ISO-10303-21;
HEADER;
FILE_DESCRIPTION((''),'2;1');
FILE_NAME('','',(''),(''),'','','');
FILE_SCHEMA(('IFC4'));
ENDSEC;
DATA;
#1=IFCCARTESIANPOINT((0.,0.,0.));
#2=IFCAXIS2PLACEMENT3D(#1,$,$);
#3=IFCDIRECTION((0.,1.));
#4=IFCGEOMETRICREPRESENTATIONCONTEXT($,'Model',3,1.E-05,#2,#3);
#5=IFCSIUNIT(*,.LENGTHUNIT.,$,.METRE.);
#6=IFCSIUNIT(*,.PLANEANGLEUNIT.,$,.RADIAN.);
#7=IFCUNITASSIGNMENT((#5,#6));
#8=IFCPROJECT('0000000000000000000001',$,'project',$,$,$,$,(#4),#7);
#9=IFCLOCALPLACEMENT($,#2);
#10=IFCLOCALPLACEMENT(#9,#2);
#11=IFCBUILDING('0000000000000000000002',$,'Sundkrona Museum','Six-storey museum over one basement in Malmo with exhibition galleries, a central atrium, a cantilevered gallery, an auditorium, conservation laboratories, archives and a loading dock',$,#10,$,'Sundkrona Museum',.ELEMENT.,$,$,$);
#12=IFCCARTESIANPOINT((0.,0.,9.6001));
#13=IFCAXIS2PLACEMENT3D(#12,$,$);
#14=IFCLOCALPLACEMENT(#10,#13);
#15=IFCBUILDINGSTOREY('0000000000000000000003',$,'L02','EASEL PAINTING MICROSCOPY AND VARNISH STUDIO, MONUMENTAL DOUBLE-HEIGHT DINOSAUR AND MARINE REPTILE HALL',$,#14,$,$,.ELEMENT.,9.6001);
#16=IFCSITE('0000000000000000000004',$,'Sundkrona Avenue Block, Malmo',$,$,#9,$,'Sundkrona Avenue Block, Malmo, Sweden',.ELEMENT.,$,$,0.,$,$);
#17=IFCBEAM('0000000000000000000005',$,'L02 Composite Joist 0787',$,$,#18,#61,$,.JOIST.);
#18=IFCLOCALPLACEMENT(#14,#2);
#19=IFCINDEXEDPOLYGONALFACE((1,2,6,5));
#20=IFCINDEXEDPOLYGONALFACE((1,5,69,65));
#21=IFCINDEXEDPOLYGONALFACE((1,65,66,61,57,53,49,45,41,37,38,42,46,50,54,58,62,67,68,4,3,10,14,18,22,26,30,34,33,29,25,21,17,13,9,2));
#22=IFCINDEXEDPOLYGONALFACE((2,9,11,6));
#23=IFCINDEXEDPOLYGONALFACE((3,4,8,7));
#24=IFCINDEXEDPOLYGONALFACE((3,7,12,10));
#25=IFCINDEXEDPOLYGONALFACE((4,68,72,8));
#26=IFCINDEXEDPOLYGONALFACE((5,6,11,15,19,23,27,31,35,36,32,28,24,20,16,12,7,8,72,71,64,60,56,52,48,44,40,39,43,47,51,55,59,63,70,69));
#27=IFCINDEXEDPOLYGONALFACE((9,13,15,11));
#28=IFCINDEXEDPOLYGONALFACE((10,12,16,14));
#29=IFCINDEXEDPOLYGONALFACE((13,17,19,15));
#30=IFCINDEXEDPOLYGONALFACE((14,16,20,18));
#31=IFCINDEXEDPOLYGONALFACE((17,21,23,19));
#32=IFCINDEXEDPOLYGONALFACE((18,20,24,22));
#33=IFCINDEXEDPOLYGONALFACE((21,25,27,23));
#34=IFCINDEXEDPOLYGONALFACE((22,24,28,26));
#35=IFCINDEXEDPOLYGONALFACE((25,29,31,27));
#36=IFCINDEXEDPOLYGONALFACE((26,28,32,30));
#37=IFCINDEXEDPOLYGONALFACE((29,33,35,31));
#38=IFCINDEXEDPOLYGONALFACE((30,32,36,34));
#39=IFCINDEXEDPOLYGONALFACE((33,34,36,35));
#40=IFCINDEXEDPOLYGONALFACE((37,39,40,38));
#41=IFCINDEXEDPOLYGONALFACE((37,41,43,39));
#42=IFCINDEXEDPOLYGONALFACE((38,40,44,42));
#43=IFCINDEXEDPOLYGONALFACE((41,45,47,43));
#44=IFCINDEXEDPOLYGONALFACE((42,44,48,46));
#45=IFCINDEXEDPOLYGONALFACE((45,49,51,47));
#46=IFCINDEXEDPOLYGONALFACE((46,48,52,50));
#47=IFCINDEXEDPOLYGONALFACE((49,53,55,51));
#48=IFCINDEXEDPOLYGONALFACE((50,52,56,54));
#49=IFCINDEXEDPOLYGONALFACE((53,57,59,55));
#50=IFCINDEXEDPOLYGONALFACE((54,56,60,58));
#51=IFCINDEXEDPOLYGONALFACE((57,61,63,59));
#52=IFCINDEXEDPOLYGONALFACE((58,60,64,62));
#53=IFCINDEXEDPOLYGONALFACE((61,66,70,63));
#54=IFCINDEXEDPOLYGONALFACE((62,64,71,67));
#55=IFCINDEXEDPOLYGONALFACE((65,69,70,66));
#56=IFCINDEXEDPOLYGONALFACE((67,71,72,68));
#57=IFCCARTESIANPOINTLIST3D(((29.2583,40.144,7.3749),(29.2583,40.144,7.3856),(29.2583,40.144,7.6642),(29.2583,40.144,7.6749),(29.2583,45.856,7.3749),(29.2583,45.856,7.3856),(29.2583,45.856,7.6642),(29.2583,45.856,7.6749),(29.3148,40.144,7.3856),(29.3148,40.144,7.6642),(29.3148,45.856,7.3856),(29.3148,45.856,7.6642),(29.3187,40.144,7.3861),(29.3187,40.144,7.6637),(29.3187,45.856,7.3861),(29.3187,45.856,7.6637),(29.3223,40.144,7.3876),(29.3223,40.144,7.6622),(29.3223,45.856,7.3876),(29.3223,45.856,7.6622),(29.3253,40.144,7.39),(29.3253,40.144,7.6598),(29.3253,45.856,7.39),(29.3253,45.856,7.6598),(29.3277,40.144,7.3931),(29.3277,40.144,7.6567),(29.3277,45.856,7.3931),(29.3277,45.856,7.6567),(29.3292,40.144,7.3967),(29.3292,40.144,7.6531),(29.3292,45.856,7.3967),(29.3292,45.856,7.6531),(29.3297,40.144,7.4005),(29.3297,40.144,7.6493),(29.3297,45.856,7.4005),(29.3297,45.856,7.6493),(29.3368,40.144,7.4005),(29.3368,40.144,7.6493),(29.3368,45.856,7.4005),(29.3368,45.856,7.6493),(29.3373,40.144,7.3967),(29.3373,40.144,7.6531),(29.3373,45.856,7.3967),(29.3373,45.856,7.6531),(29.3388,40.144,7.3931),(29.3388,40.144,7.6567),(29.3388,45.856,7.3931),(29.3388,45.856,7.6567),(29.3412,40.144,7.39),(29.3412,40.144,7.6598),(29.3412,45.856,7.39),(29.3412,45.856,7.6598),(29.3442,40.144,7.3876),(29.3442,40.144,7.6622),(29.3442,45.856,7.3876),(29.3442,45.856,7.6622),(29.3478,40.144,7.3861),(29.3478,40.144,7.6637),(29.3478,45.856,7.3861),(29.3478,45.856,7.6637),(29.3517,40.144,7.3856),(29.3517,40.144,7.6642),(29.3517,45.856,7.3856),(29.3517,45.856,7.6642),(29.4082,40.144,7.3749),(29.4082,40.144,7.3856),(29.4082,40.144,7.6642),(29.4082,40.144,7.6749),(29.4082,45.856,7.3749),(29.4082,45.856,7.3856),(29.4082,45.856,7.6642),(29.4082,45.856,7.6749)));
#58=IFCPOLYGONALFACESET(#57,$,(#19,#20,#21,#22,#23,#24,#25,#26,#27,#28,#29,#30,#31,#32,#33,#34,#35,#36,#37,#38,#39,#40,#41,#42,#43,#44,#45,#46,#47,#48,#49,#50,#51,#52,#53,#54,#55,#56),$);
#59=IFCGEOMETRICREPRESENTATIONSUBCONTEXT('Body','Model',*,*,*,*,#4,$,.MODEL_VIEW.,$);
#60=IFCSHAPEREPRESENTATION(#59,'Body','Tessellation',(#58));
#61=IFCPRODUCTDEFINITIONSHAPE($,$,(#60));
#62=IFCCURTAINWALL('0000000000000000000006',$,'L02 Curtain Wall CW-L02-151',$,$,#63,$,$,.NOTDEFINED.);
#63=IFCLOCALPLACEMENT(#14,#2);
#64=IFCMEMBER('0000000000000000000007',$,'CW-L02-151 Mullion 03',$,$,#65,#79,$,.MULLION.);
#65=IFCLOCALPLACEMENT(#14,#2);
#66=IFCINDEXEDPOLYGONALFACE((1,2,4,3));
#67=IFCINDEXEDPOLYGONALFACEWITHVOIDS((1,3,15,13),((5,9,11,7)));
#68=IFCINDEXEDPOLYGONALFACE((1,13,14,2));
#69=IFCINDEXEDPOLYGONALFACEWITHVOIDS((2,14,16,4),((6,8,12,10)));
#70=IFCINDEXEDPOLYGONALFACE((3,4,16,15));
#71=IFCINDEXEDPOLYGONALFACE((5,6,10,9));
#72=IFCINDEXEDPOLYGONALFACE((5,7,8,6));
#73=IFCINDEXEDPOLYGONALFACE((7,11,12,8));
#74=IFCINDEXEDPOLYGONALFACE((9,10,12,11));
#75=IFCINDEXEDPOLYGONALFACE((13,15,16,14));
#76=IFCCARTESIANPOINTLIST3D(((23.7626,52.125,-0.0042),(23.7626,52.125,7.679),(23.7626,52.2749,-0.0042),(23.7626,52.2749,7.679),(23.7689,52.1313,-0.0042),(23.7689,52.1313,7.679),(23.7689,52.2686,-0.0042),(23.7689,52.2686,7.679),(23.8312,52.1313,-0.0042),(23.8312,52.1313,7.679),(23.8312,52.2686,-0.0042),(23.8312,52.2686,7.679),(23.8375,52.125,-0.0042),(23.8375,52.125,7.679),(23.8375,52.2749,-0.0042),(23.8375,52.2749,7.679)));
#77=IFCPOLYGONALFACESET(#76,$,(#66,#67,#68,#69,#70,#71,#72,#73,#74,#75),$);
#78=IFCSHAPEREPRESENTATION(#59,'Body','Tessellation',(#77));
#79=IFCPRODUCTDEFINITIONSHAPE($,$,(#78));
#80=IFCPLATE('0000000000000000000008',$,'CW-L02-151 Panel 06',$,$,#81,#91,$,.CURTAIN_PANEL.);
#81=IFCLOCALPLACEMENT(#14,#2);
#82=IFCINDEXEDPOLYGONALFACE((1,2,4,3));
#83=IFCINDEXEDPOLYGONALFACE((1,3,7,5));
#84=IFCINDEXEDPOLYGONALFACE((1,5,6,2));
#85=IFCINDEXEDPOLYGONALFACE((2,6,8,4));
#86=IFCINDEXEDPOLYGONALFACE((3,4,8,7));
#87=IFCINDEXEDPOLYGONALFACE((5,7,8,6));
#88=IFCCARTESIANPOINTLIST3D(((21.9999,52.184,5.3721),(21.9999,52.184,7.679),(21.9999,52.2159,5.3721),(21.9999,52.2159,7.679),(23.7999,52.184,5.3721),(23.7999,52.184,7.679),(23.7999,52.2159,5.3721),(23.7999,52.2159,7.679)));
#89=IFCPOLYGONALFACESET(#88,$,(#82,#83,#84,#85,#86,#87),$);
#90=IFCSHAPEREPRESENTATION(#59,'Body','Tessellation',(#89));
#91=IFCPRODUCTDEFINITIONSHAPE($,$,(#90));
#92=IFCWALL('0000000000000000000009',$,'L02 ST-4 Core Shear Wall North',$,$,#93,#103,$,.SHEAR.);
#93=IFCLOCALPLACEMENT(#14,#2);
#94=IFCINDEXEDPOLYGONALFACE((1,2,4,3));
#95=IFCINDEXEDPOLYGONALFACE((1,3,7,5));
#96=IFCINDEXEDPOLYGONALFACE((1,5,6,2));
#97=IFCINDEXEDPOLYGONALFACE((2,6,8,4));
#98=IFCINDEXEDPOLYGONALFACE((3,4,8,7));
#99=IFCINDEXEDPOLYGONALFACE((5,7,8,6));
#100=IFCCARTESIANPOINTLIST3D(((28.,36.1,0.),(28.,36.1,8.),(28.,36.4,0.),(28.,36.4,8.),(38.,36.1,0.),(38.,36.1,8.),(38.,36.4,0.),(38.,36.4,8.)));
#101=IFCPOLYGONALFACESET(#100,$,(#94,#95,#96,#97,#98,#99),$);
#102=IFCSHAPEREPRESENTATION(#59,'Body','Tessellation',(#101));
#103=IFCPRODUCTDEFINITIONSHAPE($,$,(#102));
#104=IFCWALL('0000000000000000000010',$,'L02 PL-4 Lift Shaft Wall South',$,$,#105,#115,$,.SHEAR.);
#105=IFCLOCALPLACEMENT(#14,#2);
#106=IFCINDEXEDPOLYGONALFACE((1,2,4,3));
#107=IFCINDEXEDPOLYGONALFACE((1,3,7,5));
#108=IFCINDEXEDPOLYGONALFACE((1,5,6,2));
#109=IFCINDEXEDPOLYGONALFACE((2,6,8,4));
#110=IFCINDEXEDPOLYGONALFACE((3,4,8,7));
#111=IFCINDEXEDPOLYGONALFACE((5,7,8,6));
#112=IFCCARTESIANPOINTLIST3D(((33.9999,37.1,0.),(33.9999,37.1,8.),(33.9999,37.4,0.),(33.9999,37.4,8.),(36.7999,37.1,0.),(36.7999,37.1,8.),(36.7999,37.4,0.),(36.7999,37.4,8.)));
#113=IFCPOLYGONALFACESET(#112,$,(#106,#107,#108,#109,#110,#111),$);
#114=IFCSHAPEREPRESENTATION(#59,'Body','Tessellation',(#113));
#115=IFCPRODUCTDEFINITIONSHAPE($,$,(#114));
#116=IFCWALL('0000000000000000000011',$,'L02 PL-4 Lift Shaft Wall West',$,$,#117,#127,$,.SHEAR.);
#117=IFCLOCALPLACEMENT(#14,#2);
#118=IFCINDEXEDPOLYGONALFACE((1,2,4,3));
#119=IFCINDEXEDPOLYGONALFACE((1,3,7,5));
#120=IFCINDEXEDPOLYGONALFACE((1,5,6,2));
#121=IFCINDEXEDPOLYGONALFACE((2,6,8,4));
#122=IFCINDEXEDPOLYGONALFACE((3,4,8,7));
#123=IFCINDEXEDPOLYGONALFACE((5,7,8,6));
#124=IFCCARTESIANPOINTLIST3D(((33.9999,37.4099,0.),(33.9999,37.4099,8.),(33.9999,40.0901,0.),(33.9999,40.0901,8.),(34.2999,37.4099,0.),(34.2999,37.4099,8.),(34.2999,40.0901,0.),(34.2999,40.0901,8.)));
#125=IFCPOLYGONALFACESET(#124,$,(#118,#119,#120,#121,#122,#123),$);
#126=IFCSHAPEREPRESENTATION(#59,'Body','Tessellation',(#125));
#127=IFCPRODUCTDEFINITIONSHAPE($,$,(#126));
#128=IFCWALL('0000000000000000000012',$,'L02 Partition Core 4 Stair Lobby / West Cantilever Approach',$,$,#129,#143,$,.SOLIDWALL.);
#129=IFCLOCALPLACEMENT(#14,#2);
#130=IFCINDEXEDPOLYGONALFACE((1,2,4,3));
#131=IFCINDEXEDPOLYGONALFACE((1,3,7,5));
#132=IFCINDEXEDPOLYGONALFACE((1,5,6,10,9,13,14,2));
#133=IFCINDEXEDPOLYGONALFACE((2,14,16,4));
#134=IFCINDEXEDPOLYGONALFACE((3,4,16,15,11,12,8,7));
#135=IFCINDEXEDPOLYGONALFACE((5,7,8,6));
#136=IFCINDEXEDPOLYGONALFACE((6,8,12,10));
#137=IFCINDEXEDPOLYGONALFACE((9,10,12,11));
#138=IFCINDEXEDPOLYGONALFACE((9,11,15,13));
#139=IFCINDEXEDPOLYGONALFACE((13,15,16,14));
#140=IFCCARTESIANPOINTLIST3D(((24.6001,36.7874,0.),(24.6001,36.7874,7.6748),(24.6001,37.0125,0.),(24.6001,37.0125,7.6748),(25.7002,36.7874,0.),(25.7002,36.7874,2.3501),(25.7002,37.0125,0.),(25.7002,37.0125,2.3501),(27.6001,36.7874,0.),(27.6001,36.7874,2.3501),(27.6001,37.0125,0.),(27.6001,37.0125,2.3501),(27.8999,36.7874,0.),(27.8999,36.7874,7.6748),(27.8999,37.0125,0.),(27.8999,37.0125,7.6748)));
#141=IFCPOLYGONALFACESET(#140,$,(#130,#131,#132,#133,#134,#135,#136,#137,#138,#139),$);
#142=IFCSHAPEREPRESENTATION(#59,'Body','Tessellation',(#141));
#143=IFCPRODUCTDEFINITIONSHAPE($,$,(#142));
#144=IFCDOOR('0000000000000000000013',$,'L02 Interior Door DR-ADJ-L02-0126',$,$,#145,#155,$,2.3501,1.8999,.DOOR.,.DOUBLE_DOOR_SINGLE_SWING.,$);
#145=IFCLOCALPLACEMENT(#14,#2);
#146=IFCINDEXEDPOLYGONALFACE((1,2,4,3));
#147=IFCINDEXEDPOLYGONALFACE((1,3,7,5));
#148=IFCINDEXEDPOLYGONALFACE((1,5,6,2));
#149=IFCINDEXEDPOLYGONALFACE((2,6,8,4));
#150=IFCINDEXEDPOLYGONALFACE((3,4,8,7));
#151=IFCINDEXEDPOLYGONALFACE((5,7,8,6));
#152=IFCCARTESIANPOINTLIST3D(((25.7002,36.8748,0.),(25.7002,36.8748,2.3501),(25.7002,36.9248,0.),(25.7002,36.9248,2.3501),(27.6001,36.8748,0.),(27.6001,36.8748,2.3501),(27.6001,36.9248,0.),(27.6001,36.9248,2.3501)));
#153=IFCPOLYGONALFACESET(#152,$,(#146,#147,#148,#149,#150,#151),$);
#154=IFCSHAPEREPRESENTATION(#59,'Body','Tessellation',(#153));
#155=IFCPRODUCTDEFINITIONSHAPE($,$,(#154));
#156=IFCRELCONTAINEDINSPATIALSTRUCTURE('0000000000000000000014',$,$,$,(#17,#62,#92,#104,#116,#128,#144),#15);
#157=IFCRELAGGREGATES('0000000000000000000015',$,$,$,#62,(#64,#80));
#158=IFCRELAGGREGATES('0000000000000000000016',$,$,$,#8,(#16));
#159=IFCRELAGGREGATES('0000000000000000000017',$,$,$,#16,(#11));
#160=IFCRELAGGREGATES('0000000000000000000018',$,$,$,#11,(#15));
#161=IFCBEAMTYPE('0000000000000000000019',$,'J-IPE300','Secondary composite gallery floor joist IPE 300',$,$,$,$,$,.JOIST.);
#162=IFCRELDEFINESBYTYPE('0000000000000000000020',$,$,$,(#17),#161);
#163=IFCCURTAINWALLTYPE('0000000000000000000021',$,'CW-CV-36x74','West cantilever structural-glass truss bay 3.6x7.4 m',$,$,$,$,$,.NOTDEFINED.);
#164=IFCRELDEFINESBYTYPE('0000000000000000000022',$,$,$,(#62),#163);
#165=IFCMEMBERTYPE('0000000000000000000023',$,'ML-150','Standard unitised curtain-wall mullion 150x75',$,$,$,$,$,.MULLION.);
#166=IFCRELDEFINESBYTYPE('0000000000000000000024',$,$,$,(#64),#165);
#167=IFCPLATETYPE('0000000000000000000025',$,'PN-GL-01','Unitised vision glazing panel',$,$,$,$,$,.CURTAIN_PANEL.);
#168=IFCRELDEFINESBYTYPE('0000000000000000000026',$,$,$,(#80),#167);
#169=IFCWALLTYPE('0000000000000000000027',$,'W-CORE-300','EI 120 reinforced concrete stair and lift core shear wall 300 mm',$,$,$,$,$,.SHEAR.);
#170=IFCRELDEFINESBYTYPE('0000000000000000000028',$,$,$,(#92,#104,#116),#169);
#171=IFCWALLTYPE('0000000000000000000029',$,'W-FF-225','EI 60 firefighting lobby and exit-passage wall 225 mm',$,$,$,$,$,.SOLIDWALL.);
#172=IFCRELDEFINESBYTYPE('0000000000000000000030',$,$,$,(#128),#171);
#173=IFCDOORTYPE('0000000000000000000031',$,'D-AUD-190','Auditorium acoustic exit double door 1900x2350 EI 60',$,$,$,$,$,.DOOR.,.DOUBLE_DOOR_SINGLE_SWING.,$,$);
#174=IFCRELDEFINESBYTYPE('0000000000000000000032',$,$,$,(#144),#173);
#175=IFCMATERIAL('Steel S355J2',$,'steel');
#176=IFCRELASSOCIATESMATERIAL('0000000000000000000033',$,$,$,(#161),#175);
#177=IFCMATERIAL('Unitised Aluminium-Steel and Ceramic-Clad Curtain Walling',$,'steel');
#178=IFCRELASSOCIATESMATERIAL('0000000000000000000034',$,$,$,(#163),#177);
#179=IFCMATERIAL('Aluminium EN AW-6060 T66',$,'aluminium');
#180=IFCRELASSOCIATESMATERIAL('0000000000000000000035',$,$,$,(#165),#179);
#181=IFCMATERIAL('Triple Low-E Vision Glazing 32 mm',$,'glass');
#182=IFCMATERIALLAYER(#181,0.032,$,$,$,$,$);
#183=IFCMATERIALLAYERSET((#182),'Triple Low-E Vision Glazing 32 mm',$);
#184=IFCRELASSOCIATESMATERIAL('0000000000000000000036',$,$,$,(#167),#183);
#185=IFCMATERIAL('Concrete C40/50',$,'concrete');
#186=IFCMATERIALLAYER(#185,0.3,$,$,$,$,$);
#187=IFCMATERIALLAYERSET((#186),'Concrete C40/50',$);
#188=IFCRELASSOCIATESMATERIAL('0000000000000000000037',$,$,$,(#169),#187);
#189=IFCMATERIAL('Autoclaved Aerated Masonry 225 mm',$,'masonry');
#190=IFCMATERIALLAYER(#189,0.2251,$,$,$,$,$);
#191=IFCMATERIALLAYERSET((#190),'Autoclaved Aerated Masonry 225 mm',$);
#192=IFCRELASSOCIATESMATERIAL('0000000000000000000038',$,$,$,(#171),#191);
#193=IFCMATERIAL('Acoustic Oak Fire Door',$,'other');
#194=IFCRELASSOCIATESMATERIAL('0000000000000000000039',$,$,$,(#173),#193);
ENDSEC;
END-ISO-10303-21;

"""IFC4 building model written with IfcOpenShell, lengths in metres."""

from ifc_helpers import new_model, si_unit, direction, frame, frame_2d, origin, origin_2d, place, context, subcontext, project, spatial, rectangle, hollow_rectangle, i_section, extrude, material, layer, layer_set, material_profile, profile_set, type_object, element, fill, aggregate, save


model = new_model("IFC4")

# Units and contexts
model_context = context("Model", 3, precision=1e-05, world=origin(), true_north=direction((0.0, 1.0)))
body_context = subcontext(model_context, "Body", "Model", "MODEL_VIEW")
ifc_project = project(units=[si_unit("LENGTHUNIT", "METRE"), si_unit("PLANEANGLEUNIT", "RADIAN")], contexts=[model_context])

# Site, building, storey
site_placement = place(None, origin())
site = spatial("IfcSite", under=ifc_project, at=site_placement, Name="Sundkrona Avenue Block, Malmo", LongName="Sundkrona Avenue Block, Malmo, Sweden", CompositionType="ELEMENT", RefElevation=0.0)
building_placement = place(site_placement, origin())
building = spatial("IfcBuilding", under=site, at=building_placement, Name="Sundkrona Museum", Description="Six-storey museum over one basement in Malmo with exhibition galleries, a central atrium, a cantilevered gallery, an auditorium, conservation laboratories, archives and a loading dock", LongName="Sundkrona Museum", CompositionType="ELEMENT")
storey_placement = place(building_placement, frame((0.0, 0.0, 9.6001)))
storey = spatial("IfcBuildingStorey", under=building, at=storey_placement, Name="L02", Description="EASEL PAINTING MICROSCOPY AND VARNISH STUDIO, MONUMENTAL DOUBLE-HEIGHT DINOSAUR AND MARINE REPTILE HALL", CompositionType="ELEMENT", Elevation=9.6001)

# Shared definitions
ifc_material_1 = material(Name="Steel S355J2", Category="steel")

# Beam
ifc_material_profile_1 = material_profile(ifc_material_1, i_section(OverallWidth=0.1499, OverallDepth=0.3, WebThickness=0.0071, FlangeThickness=0.0107, FilletRadius=0.0149, at=origin_2d()), Name="IPE 300")
ifc_profile_set_1 = profile_set([ifc_material_profile_1], Name="Steel S355J2")
beam_type_1 = type_object("IfcBeamType", Name="J-IPE300", Description="Secondary composite gallery floor joist IPE 300", PredefinedType="JOIST", material=ifc_profile_set_1)
for number, where, z_axis, x_axis, name in (
    (1, (29.3333, 40.144, 7.5249), (0.0, 1.0, 0.0), (-1.0, 0.0, 0.0), "L02 Composite Joist 0787"),
):
    element("IfcBeam", number, at=place(storey_placement, frame(where, z_axis=z_axis, x_axis=x_axis)), inside=storey, type_object=beam_type_1, Name=name, PredefinedType="JOIST", context=body_context, shape_type="SweptSolid", body=[
        extrude(i_section(OverallWidth=0.1499, OverallDepth=0.3, WebThickness=0.0071, FlangeThickness=0.0107, FilletRadius=0.0149, at=origin_2d()), origin(), (0.0, 0.0, 1.0), 5.7119),
    ])

# Curtain wall, member, plate
ifc_material_2 = material(Name="Unitised Aluminium-Steel and Ceramic-Clad Curtain Walling", Category="steel")
curtain_wall_type = type_object("IfcCurtainWallType", Name="CW-CV-36x74", Description="West cantilever structural-glass truss bay 3.6x7.4 m", PredefinedType="NOTDEFINED", material=ifc_material_2)
curtain_wall_placement = place(storey_placement, origin())
curtain_wall = element("IfcCurtainWall", 2, at=curtain_wall_placement, inside=storey, type_object=curtain_wall_type, Name="L02 Curtain Wall CW-L02-151", PredefinedType="NOTDEFINED")
ifc_material_3 = material(Name="Aluminium EN AW-6060 T66", Category="aluminium")
ifc_material_profile_2 = material_profile(ifc_material_3, hollow_rectangle(XDim=0.075, YDim=0.1499, WallThickness=0.0063, at=origin_2d()), Name="RHS 150x75x6.3")
ifc_profile_set_2 = profile_set([ifc_material_profile_2], Name="Aluminium EN AW-6060 T66")
member_type = type_object("IfcMemberType", Name="ML-150", Description="Standard unitised curtain-wall mullion 150x75", PredefinedType="MULLION", material=ifc_profile_set_2)
member_placement = place(storey_placement, frame((23.8, 52.2, -0.0042), z_axis=(0.0, 0.0, 1.0), x_axis=(1.0, 0.0, 0.0)))
member = element("IfcMember", 3, at=member_placement, type_object=member_type, Name="CW-L02-151 Mullion 03", PredefinedType="MULLION", context=body_context, shape_type="SweptSolid", body=[
    extrude(hollow_rectangle(XDim=0.075, YDim=0.1499, WallThickness=0.0063, at=origin_2d()), origin(), (0.0, 0.0, 1.0), 7.6831),
])
ifc_material_4 = material(Name="Triple Low-E Vision Glazing 32 mm", Category="glass")
ifc_layer_1 = layer(ifc_material_4, 0.032)
ifc_layer_set_1 = layer_set([ifc_layer_1], Name="Triple Low-E Vision Glazing 32 mm")
plate_type = type_object("IfcPlateType", Name="PN-GL-01", Description="Unitised vision glazing panel", PredefinedType="CURTAIN_PANEL", material=ifc_layer_set_1)
plate_placement = place(storey_placement, frame((22.8999, 52.2, 5.3721), z_axis=(0.0, 0.0, 1.0), x_axis=(1.0, 0.0, 0.0)))
plate = element("IfcPlate", 4, at=plate_placement, type_object=plate_type, Name="CW-L02-151 Panel 06", PredefinedType="CURTAIN_PANEL", context=body_context, shape_type="SweptSolid", body=[
    extrude(rectangle(XDim=1.8, YDim=0.032, at=origin_2d()), origin(), (0.0, 0.0, 1.0), 2.3069),
])
aggregate(curtain_wall, [member, plate])

# Walls
ifc_material_5 = material(Name="Concrete C40/50", Category="concrete")
ifc_layer_2 = layer(ifc_material_5, 0.3)
ifc_layer_set_2 = layer_set([ifc_layer_2], Name="Concrete C40/50")
wall_type_1 = type_object("IfcWallType", Name="W-CORE-300", Description="EI 120 reinforced concrete stair and lift core shear wall 300 mm", PredefinedType="SHEAR", material=ifc_layer_set_2)
wall_1_placement = place(storey_placement, frame((28.0, 36.25, 0.0), z_axis=(0.0, 0.0, 1.0), x_axis=(1.0, 0.0, 0.0)))
element("IfcWall", 5, at=wall_1_placement, inside=storey, type_object=wall_type_1, Name="L02 ST-4 Core Shear Wall North", PredefinedType="SHEAR", context=body_context, shape_type="SweptSolid", body=[
    extrude(rectangle(XDim=10.0, YDim=0.3, at=frame_2d((5.0, 0.0))), origin(), (0.0, 0.0, 1.0), 8.0),
])
wall_2_placement = place(storey_placement, frame((34.0, 37.25, 0.0), z_axis=(0.0, 0.0, 1.0), x_axis=(1.0, 0.0, 0.0)))
element("IfcWall", 6, at=wall_2_placement, inside=storey, type_object=wall_type_1, Name="L02 PL-4 Lift Shaft Wall South", PredefinedType="SHEAR", context=body_context, shape_type="SweptSolid", body=[
    extrude(rectangle(XDim=2.8, YDim=0.3, at=frame_2d((1.3999, 0.0))), origin(), (0.0, 0.0, 1.0), 8.0),
])

# Wall
wall_3_placement = place(storey_placement, frame((34.1499, 37.4099, 0.0), z_axis=(0.0, 0.0, 1.0), x_axis=(0.0, 1.0, 0.0)))
element("IfcWall", 7, at=wall_3_placement, inside=storey, type_object=wall_type_1, Name="L02 PL-4 Lift Shaft Wall West", PredefinedType="SHEAR", context=body_context, shape_type="SweptSolid", body=[
    extrude(rectangle(XDim=2.6802, YDim=0.3, at=frame_2d((1.3401, 0.0))), origin(), (0.0, 0.0, 1.0), 8.0),
])

# Wall, opening, door
ifc_material_6 = material(Name="Autoclaved Aerated Masonry 225 mm", Category="masonry")
ifc_layer_3 = layer(ifc_material_6, 0.2251)
ifc_layer_set_3 = layer_set([ifc_layer_3], Name="Autoclaved Aerated Masonry 225 mm")
wall_type_2 = type_object("IfcWallType", Name="W-FF-225", Description="EI 60 firefighting lobby and exit-passage wall 225 mm", PredefinedType="SOLIDWALL", material=ifc_layer_set_3)
wall_4_placement = place(storey_placement, frame((24.6001, 36.8999, 0.0), z_axis=(0.0, 0.0, 1.0), x_axis=(1.0, 0.0, 0.0)))
wall_4 = element("IfcWall", 8, at=wall_4_placement, inside=storey, type_object=wall_type_2, Name="L02 Partition Core 4 Stair Lobby / West Cantilever Approach", PredefinedType="SOLIDWALL", context=body_context, shape_type="SweptSolid", body=[
    extrude(rectangle(XDim=3.2998, YDim=0.2251, at=frame_2d((1.6499, 0.0))), origin(), (0.0, 0.0, 1.0), 7.6748),
])
opening_1_placement = place(wall_4_placement, frame((1.1001, 0.0, 0.0)))
opening_1 = element("IfcOpeningElement", 9, at=opening_1_placement, cuts=wall_4, PredefinedType="OPENING", context=body_context, shape_type="SweptSolid", body=[
    extrude(rectangle(XDim=1.8999, YDim=2.3501, at=frame_2d((0.95, 1.175))), frame((0.0, 0.1226, 0.0), z_axis=(0.0, -1.0, 0.0), x_axis=(1.0, 0.0, 0.0)), (0.0, 0.0, 1.0), 0.2451),
])
ifc_material_7 = material(Name="Acoustic Oak Fire Door", Category="other")
door_type_1 = type_object("IfcDoorType", Name="D-AUD-190", Description="Auditorium acoustic exit double door 1900x2350 EI 60", OperationType="DOUBLE_DOOR_SINGLE_SWING", PredefinedType="DOOR", material=ifc_material_7)
door_1_placement = place(opening_1_placement, origin())
door_1 = element("IfcDoor", 10, at=door_1_placement, inside=storey, type_object=door_type_1, Name="L02 Interior Door DR-ADJ-L02-0126", OperationType="DOUBLE_DOOR_SINGLE_SWING", OverallHeight=2.3501, OverallWidth=1.8999, PredefinedType="DOOR", context=body_context, shape_type="SweptSolid", body=[
    extrude(rectangle(XDim=1.8999, YDim=2.3501, at=frame_2d((0.95, 1.175))), frame((0.0, 0.0249, 0.0), z_axis=(0.0, -1.0, 0.0), x_axis=(1.0, 0.0, 0.0)), (0.0, 0.0, 1.0), 0.05),
])
fill(opening_1, door_1)

save(model, "model.ifc")
